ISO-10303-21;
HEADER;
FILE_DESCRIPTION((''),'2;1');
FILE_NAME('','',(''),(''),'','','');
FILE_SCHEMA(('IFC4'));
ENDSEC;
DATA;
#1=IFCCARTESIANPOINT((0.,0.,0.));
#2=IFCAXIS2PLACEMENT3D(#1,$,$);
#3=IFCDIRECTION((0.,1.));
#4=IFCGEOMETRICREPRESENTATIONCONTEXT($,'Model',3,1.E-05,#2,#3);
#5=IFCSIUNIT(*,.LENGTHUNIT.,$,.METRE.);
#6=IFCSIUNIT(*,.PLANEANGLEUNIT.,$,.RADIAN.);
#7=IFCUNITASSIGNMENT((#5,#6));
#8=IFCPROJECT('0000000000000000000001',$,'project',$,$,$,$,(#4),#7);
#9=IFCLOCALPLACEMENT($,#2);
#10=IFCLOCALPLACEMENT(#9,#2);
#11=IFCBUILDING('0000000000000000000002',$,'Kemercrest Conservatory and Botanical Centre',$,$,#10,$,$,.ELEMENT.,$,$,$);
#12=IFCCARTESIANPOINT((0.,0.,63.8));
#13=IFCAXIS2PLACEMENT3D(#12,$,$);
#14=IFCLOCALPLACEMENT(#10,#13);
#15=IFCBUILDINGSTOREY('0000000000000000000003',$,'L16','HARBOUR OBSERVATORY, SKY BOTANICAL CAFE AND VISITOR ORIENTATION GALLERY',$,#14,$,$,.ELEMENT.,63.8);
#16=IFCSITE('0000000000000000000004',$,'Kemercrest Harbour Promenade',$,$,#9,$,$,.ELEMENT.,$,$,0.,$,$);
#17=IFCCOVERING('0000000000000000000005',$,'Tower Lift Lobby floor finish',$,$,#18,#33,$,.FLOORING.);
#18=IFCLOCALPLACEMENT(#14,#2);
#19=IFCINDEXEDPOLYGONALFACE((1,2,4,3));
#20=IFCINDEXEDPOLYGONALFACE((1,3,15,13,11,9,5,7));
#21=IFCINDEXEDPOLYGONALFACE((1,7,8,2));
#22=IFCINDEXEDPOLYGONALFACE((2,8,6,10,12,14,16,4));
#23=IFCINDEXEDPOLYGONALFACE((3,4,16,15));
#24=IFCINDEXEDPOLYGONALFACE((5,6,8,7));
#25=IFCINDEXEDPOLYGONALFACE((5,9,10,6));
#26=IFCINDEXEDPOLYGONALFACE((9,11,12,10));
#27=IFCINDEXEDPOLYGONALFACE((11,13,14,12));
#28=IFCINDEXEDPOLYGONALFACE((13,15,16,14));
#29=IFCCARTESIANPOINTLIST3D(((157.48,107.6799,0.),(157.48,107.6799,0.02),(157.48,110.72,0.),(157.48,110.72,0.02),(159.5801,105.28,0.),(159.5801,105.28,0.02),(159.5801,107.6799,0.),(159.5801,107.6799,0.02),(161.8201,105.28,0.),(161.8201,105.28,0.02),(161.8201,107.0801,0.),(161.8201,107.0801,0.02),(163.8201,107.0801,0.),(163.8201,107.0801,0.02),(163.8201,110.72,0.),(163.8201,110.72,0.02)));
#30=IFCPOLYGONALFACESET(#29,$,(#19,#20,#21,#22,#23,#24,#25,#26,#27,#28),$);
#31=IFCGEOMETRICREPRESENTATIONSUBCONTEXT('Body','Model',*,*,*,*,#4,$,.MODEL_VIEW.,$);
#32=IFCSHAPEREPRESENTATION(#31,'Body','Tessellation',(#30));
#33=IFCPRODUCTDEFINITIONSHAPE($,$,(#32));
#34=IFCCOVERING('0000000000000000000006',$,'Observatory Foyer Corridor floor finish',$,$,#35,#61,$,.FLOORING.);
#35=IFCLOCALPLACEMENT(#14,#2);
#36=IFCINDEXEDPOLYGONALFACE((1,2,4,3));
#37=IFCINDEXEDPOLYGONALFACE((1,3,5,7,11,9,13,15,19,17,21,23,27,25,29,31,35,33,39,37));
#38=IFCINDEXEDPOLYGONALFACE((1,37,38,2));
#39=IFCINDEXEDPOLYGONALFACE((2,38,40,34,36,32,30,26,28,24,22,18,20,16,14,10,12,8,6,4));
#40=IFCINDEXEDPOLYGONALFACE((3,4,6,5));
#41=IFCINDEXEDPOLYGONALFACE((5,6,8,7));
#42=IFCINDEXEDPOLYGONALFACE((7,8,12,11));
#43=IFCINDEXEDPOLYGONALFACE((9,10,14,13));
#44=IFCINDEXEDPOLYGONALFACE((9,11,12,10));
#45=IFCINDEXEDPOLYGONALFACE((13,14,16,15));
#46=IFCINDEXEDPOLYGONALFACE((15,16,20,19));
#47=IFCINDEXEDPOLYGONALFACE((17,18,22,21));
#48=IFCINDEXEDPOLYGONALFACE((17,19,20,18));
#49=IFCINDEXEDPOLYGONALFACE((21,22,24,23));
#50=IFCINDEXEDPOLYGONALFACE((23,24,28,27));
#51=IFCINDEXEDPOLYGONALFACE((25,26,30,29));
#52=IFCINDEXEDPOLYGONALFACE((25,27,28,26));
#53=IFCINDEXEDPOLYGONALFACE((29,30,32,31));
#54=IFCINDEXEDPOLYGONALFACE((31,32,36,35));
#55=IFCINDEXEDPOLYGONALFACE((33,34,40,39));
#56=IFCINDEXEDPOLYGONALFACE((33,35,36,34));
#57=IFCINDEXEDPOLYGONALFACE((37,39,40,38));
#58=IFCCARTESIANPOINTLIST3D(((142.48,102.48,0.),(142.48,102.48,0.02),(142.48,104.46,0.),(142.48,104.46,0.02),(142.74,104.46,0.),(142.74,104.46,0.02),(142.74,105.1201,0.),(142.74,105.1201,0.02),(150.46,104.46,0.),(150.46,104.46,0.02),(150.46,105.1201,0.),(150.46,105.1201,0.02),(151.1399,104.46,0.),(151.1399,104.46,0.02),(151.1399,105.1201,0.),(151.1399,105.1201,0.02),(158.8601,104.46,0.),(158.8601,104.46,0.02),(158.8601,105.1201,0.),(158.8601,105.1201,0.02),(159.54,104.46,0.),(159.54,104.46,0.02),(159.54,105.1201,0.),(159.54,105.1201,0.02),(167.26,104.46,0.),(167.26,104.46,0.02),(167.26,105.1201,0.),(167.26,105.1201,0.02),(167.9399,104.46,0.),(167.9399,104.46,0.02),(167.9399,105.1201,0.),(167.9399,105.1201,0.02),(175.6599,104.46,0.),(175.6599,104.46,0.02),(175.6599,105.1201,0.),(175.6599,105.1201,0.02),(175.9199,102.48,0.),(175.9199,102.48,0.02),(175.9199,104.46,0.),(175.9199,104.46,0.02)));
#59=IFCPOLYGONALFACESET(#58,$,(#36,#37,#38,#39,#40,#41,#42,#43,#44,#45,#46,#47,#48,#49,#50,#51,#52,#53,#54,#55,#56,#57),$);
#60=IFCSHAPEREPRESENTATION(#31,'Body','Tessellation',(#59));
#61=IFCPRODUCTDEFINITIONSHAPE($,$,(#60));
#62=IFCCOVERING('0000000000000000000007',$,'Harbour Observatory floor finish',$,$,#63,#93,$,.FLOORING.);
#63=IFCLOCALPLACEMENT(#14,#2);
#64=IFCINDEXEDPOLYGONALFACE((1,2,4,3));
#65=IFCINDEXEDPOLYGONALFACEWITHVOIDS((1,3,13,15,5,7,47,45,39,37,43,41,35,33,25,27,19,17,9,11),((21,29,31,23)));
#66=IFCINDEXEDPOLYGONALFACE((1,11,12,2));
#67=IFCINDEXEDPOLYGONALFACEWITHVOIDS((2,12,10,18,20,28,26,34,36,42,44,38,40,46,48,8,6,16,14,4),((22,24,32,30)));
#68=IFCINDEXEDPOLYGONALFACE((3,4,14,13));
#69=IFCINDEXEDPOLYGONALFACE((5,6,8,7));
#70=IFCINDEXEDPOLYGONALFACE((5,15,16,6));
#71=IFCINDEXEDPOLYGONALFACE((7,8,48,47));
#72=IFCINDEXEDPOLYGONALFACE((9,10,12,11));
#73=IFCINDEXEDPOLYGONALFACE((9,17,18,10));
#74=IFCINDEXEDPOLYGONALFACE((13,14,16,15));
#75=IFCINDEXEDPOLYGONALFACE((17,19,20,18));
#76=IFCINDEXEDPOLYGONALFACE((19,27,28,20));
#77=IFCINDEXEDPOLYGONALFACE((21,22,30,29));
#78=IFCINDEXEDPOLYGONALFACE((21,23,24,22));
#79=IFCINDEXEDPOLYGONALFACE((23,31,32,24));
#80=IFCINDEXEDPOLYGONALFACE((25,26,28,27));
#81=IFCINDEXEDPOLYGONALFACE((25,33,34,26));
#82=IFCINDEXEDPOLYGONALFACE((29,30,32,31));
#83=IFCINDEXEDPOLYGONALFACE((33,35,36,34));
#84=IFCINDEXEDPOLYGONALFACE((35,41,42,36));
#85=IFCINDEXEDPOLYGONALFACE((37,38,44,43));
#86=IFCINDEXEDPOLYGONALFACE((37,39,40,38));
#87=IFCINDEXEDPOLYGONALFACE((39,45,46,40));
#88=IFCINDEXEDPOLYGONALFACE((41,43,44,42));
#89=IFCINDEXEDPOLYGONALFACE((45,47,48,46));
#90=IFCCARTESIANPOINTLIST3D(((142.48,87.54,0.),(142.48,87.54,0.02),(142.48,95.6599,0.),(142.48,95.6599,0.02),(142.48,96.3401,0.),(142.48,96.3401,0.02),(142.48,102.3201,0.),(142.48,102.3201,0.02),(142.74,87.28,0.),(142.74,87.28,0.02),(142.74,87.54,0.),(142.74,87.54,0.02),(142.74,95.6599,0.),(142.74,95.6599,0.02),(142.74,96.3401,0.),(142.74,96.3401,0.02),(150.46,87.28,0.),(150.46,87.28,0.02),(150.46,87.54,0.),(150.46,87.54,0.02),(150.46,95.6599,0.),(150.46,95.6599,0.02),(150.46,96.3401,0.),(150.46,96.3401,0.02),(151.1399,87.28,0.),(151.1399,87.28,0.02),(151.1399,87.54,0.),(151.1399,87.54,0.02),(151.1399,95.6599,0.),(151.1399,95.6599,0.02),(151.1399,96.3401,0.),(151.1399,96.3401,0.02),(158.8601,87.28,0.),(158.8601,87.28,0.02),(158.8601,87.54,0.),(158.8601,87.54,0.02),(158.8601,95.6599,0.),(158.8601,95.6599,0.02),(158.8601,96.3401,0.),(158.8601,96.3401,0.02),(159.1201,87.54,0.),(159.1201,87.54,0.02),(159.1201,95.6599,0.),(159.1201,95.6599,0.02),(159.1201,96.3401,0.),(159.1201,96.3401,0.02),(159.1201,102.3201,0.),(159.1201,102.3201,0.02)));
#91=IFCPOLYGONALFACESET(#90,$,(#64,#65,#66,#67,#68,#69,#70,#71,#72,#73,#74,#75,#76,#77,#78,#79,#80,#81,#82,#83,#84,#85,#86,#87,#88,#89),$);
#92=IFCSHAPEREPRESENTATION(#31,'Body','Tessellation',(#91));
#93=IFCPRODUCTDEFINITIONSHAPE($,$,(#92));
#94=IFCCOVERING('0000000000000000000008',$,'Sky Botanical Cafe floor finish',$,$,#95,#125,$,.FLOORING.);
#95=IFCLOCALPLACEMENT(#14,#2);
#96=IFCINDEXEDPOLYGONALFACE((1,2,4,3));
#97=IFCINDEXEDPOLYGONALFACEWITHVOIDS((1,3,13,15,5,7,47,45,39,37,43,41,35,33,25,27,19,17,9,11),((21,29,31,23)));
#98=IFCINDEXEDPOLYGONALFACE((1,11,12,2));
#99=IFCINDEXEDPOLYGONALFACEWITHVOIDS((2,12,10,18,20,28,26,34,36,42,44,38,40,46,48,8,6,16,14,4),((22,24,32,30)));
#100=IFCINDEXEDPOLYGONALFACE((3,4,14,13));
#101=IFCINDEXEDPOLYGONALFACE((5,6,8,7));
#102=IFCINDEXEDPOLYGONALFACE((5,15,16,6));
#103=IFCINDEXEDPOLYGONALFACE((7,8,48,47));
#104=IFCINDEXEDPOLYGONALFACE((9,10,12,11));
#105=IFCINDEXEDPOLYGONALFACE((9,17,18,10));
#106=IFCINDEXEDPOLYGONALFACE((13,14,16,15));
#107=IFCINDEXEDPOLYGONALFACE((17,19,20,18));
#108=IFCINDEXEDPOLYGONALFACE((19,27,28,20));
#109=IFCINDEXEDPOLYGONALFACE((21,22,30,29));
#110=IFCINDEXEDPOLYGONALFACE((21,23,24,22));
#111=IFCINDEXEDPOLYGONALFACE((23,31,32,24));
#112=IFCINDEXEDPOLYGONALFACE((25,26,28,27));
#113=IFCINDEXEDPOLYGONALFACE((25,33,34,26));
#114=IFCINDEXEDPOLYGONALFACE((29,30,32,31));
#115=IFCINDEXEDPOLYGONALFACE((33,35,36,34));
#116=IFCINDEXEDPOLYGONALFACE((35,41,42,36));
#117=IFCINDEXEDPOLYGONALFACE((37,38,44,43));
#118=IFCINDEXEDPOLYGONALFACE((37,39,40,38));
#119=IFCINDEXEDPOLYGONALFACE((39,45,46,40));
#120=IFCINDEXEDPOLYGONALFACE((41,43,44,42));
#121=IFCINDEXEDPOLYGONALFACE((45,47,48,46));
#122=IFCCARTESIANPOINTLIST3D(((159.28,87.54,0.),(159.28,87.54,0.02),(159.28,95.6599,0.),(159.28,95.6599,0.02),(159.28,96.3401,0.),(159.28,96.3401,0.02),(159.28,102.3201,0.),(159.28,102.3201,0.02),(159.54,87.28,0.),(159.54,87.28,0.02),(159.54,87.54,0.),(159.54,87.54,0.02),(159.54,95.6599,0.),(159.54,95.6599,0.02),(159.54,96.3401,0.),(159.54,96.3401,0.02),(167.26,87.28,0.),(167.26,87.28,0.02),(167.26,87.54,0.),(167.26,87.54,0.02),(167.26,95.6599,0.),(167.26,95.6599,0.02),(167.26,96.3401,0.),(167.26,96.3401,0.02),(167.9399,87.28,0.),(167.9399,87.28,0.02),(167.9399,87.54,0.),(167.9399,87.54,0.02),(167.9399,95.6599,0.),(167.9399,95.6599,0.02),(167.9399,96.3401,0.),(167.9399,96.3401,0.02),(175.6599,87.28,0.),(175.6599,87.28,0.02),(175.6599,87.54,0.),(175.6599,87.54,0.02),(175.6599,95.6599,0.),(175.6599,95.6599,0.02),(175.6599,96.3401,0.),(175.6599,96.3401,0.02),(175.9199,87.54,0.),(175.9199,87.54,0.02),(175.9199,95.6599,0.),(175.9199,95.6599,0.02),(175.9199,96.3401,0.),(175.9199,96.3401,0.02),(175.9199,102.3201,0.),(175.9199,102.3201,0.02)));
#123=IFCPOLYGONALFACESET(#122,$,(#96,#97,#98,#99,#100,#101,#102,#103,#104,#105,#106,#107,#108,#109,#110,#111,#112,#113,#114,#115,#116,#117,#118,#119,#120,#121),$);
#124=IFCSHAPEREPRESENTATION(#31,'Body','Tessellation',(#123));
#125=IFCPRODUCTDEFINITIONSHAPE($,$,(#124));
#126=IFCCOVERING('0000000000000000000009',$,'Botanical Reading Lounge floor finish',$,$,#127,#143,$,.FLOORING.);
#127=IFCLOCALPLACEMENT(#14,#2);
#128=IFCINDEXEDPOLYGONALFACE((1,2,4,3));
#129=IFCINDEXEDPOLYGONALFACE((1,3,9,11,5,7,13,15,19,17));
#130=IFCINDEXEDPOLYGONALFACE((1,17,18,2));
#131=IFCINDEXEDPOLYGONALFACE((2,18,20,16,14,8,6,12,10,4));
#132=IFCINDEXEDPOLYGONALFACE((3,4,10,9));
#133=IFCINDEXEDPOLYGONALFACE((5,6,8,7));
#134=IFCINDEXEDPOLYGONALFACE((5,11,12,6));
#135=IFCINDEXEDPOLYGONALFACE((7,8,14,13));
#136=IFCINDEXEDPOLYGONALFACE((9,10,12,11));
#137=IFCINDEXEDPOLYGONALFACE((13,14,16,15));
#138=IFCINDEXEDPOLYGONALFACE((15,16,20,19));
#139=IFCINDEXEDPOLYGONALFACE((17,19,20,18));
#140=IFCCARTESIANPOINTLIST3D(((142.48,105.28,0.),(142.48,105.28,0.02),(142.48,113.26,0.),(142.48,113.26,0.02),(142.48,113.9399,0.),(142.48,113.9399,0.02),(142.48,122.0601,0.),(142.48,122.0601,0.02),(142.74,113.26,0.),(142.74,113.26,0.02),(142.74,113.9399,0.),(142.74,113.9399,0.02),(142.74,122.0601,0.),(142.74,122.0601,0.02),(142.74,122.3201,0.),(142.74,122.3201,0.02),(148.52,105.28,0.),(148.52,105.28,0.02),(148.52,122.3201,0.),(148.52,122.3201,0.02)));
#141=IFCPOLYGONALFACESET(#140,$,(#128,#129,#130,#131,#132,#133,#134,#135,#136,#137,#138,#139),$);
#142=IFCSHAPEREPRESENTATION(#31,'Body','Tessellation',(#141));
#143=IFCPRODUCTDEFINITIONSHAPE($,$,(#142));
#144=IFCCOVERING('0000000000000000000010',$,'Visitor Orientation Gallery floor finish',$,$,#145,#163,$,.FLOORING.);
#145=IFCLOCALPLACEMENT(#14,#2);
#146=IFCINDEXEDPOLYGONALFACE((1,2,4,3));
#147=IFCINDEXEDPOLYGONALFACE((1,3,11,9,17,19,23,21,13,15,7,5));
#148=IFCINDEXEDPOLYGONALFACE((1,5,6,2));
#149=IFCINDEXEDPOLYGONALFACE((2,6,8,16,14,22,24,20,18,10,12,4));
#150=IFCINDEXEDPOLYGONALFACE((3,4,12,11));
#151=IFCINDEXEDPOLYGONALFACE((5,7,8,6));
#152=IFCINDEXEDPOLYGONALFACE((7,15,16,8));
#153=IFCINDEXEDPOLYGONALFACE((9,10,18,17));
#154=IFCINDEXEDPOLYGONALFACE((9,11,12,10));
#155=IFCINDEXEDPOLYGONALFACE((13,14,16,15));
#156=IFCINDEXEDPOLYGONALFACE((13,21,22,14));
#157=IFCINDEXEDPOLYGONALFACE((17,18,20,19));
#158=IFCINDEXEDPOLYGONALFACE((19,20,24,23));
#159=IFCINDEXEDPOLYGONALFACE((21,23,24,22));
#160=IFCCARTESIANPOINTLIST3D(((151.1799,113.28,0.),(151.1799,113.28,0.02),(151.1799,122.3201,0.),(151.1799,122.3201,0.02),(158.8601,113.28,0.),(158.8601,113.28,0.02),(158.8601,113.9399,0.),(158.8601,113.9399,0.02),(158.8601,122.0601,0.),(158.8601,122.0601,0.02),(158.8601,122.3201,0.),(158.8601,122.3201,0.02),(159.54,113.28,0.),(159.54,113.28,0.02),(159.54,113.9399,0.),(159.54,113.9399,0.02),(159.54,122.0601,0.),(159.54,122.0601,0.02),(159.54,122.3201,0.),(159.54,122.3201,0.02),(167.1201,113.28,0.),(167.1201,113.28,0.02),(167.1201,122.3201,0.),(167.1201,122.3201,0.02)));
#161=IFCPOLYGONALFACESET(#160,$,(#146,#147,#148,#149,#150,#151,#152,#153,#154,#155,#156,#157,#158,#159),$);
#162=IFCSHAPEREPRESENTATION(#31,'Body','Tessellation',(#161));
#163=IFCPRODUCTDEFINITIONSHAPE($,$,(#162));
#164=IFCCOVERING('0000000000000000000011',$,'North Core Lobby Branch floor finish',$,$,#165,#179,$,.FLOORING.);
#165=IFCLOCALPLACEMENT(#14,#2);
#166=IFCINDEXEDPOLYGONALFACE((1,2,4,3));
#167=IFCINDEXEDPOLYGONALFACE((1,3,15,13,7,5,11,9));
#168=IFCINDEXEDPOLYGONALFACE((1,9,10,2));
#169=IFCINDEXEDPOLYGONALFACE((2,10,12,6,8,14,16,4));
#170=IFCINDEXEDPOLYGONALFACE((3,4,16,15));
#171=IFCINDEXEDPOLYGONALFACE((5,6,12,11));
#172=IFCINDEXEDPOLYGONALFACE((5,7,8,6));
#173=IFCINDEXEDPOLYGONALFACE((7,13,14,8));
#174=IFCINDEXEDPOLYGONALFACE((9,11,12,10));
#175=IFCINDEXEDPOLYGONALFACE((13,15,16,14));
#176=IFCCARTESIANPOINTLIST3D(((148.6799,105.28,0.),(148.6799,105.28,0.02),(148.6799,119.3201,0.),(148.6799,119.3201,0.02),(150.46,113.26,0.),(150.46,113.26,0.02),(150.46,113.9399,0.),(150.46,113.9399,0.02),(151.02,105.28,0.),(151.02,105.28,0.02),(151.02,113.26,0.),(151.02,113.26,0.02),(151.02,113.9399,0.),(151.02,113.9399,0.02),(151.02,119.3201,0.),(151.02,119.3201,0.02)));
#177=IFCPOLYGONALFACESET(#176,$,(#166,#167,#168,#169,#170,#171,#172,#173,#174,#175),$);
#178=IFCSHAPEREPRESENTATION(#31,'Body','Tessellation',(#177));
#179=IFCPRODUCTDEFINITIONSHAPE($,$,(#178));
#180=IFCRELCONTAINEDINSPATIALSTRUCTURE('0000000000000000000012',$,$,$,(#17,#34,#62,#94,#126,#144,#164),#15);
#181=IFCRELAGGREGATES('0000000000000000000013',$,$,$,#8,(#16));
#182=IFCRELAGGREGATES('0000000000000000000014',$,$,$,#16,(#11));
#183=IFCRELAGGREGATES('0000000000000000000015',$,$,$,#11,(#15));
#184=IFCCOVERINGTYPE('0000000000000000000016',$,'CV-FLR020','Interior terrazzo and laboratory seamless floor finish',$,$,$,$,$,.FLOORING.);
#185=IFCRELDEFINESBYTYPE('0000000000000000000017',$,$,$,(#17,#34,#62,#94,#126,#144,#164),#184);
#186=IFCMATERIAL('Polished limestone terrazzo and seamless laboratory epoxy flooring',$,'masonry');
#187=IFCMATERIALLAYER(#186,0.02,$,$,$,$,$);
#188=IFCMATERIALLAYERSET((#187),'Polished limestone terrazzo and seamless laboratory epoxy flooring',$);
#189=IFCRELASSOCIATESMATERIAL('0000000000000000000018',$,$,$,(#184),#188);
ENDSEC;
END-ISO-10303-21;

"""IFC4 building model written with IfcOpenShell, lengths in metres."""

from ifc_helpers import new_model, si_unit, direction, frame, origin, place, context, subcontext, project, spatial, polyline, outline, extrude, material, layer, layer_set, type_object, element, save


model = new_model("IFC4")

# Units and contexts
model_context = context("Model", 3, precision=1e-05, world=origin(), true_north=direction((0.0, 1.0)))
body_context = subcontext(model_context, "Body", "Model", "MODEL_VIEW")
ifc_project = project(units=[si_unit("LENGTHUNIT", "METRE"), si_unit("PLANEANGLEUNIT", "RADIAN")], contexts=[model_context])

# Site, building, storey
site_placement = place(None, origin())
site = spatial("IfcSite", under=ifc_project, at=site_placement, Name="Kemercrest Harbour Promenade", CompositionType="ELEMENT", RefElevation=0.0)
building_placement = place(site_placement, origin())
building = spatial("IfcBuilding", under=site, at=building_placement, Name="Kemercrest Conservatory and Botanical Centre", CompositionType="ELEMENT")
storey_placement = place(building_placement, frame((0.0, 0.0, 63.8)))
storey = spatial("IfcBuildingStorey", under=building, at=storey_placement, Name="L16", Description="HARBOUR OBSERVATORY, SKY BOTANICAL CAFE AND VISITOR ORIENTATION GALLERY", CompositionType="ELEMENT", Elevation=63.8)

# Coverings
ifc_material_1 = material(Name="Polished limestone terrazzo and seamless laboratory epoxy flooring", Category="masonry")
ifc_layer_1 = layer(ifc_material_1, 0.02)
ifc_layer_set_1 = layer_set([ifc_layer_1], Name="Polished limestone terrazzo and seamless laboratory epoxy flooring")
covering_type_1 = type_object("IfcCoveringType", Name="CV-FLR020", Description="Interior terrazzo and laboratory seamless floor finish", PredefinedType="FLOORING", material=ifc_layer_set_1)
covering_1_placement = place(storey_placement, origin())
element("IfcCovering", 1, at=covering_1_placement, inside=storey, type_object=covering_type_1, Name="Tower Lift Lobby floor finish", PredefinedType="FLOORING", context=body_context, shape_type="SweptSolid", body=[
    extrude(outline(polyline([(159.5801, 107.6799), (159.5801, 105.28), (161.8201, 105.28), (161.8201, 107.0801), (163.8201, 107.0801), (163.8201, 110.72), (157.48, 110.72), (157.48, 107.6799), (159.5801, 107.6799)])), origin(), (0.0, 0.0, 1.0), 0.02),
])
covering_2_placement = place(storey_placement, origin())
element("IfcCovering", 2, at=covering_2_placement, inside=storey, type_object=covering_type_1, Name="Observatory Foyer Corridor floor finish", PredefinedType="FLOORING", context=body_context, shape_type="SweptSolid", body=[
    extrude(outline(polyline([(142.48, 102.48), (175.9199, 102.48), (175.9199, 104.46), (175.6599, 104.46), (175.6599, 105.1201), (167.9399, 105.1201), (167.9399, 104.46), (167.26, 104.46), (167.26, 105.1201), (159.54, 105.1201), (159.54, 104.46), (158.8601, 104.46), (158.8601, 105.1201), (151.1399, 105.1201), (151.1399, 104.46), (150.46, 104.46), (150.46, 105.1201), (142.74, 105.1201), (142.74, 104.46), (142.48, 104.46), (142.48, 102.48)])), origin(), (0.0, 0.0, 1.0), 0.02),
])
covering_3_placement = place(storey_placement, origin())
element("IfcCovering", 3, at=covering_3_placement, inside=storey, type_object=covering_type_1, Name="Harbour Observatory floor finish", PredefinedType="FLOORING", context=body_context, shape_type="SweptSolid", body=[
    extrude(outline(polyline([(150.46, 87.54), (151.1399, 87.54), (151.1399, 87.28), (158.8601, 87.28), (158.8601, 87.54), (159.1201, 87.54), (159.1201, 95.6599), (158.8601, 95.6599), (158.8601, 96.3401), (159.1201, 96.3401), (159.1201, 102.3201), (142.48, 102.3201), (142.48, 96.3401), (142.74, 96.3401), (142.74, 95.6599), (142.48, 95.6599), (142.48, 87.54), (142.74, 87.54), (142.74, 87.28), (150.46, 87.28), (150.46, 87.54)]), holes=[polyline([(150.46, 95.6599), (150.46, 96.3401), (151.1399, 96.3401), (151.1399, 95.6599), (150.46, 95.6599)])]), origin(), (0.0, 0.0, 1.0), 0.02),
])
covering_4_placement = place(storey_placement, origin())
element("IfcCovering", 4, at=covering_4_placement, inside=storey, type_object=covering_type_1, Name="Sky Botanical Cafe floor finish", PredefinedType="FLOORING", context=body_context, shape_type="SweptSolid", body=[
    extrude(outline(polyline([(167.26, 87.54), (167.9399, 87.54), (167.9399, 87.28), (175.6599, 87.28), (175.6599, 87.54), (175.9199, 87.54), (175.9199, 95.6599), (175.6599, 95.6599), (175.6599, 96.3401), (175.9199, 96.3401), (175.9199, 102.3201), (159.28, 102.3201), (159.28, 96.3401), (159.54, 96.3401), (159.54, 95.6599), (159.28, 95.6599), (159.28, 87.54), (159.54, 87.54), (159.54, 87.28), (167.26, 87.28), (167.26, 87.54)]), holes=[polyline([(167.26, 96.3401), (167.9399, 96.3401), (167.9399, 95.6599), (167.26, 95.6599), (167.26, 96.3401)])]), origin(), (0.0, 0.0, 1.0), 0.02),
])
covering_5_placement = place(storey_placement, origin())
element("IfcCovering", 5, at=covering_5_placement, inside=storey, type_object=covering_type_1, Name="Botanical Reading Lounge floor finish", PredefinedType="FLOORING", context=body_context, shape_type="SweptSolid", body=[
    extrude(outline(polyline([(142.48, 105.28), (148.52, 105.28), (148.52, 122.3201), (142.74, 122.3201), (142.74, 122.0601), (142.48, 122.0601), (142.48, 113.9399), (142.74, 113.9399), (142.74, 113.26), (142.48, 113.26), (142.48, 105.28)])), origin(), (0.0, 0.0, 1.0), 0.02),
])
covering_6_placement = place(storey_placement, origin())
element("IfcCovering", 6, at=covering_6_placement, inside=storey, type_object=covering_type_1, Name="Visitor Orientation Gallery floor finish", PredefinedType="FLOORING", context=body_context, shape_type="SweptSolid", body=[
    extrude(outline(polyline([(159.54, 113.28), (167.1201, 113.28), (167.1201, 122.3201), (159.54, 122.3201), (159.54, 122.0601), (158.8601, 122.0601), (158.8601, 122.3201), (151.1799, 122.3201), (151.1799, 113.28), (158.8601, 113.28), (158.8601, 113.9399), (159.54, 113.9399), (159.54, 113.28)])), origin(), (0.0, 0.0, 1.0), 0.02),
])
covering_7_placement = place(storey_placement, origin())
element("IfcCovering", 7, at=covering_7_placement, inside=storey, type_object=covering_type_1, Name="North Core Lobby Branch floor finish", PredefinedType="FLOORING", context=body_context, shape_type="SweptSolid", body=[
    extrude(outline(polyline([(148.6799, 105.28), (151.02, 105.28), (151.02, 113.26), (150.46, 113.26), (150.46, 113.9399), (151.02, 113.9399), (151.02, 119.3201), (148.6799, 119.3201), (148.6799, 105.28)])), origin(), (0.0, 0.0, 1.0), 0.02),
])

save(model, "model.ifc")
